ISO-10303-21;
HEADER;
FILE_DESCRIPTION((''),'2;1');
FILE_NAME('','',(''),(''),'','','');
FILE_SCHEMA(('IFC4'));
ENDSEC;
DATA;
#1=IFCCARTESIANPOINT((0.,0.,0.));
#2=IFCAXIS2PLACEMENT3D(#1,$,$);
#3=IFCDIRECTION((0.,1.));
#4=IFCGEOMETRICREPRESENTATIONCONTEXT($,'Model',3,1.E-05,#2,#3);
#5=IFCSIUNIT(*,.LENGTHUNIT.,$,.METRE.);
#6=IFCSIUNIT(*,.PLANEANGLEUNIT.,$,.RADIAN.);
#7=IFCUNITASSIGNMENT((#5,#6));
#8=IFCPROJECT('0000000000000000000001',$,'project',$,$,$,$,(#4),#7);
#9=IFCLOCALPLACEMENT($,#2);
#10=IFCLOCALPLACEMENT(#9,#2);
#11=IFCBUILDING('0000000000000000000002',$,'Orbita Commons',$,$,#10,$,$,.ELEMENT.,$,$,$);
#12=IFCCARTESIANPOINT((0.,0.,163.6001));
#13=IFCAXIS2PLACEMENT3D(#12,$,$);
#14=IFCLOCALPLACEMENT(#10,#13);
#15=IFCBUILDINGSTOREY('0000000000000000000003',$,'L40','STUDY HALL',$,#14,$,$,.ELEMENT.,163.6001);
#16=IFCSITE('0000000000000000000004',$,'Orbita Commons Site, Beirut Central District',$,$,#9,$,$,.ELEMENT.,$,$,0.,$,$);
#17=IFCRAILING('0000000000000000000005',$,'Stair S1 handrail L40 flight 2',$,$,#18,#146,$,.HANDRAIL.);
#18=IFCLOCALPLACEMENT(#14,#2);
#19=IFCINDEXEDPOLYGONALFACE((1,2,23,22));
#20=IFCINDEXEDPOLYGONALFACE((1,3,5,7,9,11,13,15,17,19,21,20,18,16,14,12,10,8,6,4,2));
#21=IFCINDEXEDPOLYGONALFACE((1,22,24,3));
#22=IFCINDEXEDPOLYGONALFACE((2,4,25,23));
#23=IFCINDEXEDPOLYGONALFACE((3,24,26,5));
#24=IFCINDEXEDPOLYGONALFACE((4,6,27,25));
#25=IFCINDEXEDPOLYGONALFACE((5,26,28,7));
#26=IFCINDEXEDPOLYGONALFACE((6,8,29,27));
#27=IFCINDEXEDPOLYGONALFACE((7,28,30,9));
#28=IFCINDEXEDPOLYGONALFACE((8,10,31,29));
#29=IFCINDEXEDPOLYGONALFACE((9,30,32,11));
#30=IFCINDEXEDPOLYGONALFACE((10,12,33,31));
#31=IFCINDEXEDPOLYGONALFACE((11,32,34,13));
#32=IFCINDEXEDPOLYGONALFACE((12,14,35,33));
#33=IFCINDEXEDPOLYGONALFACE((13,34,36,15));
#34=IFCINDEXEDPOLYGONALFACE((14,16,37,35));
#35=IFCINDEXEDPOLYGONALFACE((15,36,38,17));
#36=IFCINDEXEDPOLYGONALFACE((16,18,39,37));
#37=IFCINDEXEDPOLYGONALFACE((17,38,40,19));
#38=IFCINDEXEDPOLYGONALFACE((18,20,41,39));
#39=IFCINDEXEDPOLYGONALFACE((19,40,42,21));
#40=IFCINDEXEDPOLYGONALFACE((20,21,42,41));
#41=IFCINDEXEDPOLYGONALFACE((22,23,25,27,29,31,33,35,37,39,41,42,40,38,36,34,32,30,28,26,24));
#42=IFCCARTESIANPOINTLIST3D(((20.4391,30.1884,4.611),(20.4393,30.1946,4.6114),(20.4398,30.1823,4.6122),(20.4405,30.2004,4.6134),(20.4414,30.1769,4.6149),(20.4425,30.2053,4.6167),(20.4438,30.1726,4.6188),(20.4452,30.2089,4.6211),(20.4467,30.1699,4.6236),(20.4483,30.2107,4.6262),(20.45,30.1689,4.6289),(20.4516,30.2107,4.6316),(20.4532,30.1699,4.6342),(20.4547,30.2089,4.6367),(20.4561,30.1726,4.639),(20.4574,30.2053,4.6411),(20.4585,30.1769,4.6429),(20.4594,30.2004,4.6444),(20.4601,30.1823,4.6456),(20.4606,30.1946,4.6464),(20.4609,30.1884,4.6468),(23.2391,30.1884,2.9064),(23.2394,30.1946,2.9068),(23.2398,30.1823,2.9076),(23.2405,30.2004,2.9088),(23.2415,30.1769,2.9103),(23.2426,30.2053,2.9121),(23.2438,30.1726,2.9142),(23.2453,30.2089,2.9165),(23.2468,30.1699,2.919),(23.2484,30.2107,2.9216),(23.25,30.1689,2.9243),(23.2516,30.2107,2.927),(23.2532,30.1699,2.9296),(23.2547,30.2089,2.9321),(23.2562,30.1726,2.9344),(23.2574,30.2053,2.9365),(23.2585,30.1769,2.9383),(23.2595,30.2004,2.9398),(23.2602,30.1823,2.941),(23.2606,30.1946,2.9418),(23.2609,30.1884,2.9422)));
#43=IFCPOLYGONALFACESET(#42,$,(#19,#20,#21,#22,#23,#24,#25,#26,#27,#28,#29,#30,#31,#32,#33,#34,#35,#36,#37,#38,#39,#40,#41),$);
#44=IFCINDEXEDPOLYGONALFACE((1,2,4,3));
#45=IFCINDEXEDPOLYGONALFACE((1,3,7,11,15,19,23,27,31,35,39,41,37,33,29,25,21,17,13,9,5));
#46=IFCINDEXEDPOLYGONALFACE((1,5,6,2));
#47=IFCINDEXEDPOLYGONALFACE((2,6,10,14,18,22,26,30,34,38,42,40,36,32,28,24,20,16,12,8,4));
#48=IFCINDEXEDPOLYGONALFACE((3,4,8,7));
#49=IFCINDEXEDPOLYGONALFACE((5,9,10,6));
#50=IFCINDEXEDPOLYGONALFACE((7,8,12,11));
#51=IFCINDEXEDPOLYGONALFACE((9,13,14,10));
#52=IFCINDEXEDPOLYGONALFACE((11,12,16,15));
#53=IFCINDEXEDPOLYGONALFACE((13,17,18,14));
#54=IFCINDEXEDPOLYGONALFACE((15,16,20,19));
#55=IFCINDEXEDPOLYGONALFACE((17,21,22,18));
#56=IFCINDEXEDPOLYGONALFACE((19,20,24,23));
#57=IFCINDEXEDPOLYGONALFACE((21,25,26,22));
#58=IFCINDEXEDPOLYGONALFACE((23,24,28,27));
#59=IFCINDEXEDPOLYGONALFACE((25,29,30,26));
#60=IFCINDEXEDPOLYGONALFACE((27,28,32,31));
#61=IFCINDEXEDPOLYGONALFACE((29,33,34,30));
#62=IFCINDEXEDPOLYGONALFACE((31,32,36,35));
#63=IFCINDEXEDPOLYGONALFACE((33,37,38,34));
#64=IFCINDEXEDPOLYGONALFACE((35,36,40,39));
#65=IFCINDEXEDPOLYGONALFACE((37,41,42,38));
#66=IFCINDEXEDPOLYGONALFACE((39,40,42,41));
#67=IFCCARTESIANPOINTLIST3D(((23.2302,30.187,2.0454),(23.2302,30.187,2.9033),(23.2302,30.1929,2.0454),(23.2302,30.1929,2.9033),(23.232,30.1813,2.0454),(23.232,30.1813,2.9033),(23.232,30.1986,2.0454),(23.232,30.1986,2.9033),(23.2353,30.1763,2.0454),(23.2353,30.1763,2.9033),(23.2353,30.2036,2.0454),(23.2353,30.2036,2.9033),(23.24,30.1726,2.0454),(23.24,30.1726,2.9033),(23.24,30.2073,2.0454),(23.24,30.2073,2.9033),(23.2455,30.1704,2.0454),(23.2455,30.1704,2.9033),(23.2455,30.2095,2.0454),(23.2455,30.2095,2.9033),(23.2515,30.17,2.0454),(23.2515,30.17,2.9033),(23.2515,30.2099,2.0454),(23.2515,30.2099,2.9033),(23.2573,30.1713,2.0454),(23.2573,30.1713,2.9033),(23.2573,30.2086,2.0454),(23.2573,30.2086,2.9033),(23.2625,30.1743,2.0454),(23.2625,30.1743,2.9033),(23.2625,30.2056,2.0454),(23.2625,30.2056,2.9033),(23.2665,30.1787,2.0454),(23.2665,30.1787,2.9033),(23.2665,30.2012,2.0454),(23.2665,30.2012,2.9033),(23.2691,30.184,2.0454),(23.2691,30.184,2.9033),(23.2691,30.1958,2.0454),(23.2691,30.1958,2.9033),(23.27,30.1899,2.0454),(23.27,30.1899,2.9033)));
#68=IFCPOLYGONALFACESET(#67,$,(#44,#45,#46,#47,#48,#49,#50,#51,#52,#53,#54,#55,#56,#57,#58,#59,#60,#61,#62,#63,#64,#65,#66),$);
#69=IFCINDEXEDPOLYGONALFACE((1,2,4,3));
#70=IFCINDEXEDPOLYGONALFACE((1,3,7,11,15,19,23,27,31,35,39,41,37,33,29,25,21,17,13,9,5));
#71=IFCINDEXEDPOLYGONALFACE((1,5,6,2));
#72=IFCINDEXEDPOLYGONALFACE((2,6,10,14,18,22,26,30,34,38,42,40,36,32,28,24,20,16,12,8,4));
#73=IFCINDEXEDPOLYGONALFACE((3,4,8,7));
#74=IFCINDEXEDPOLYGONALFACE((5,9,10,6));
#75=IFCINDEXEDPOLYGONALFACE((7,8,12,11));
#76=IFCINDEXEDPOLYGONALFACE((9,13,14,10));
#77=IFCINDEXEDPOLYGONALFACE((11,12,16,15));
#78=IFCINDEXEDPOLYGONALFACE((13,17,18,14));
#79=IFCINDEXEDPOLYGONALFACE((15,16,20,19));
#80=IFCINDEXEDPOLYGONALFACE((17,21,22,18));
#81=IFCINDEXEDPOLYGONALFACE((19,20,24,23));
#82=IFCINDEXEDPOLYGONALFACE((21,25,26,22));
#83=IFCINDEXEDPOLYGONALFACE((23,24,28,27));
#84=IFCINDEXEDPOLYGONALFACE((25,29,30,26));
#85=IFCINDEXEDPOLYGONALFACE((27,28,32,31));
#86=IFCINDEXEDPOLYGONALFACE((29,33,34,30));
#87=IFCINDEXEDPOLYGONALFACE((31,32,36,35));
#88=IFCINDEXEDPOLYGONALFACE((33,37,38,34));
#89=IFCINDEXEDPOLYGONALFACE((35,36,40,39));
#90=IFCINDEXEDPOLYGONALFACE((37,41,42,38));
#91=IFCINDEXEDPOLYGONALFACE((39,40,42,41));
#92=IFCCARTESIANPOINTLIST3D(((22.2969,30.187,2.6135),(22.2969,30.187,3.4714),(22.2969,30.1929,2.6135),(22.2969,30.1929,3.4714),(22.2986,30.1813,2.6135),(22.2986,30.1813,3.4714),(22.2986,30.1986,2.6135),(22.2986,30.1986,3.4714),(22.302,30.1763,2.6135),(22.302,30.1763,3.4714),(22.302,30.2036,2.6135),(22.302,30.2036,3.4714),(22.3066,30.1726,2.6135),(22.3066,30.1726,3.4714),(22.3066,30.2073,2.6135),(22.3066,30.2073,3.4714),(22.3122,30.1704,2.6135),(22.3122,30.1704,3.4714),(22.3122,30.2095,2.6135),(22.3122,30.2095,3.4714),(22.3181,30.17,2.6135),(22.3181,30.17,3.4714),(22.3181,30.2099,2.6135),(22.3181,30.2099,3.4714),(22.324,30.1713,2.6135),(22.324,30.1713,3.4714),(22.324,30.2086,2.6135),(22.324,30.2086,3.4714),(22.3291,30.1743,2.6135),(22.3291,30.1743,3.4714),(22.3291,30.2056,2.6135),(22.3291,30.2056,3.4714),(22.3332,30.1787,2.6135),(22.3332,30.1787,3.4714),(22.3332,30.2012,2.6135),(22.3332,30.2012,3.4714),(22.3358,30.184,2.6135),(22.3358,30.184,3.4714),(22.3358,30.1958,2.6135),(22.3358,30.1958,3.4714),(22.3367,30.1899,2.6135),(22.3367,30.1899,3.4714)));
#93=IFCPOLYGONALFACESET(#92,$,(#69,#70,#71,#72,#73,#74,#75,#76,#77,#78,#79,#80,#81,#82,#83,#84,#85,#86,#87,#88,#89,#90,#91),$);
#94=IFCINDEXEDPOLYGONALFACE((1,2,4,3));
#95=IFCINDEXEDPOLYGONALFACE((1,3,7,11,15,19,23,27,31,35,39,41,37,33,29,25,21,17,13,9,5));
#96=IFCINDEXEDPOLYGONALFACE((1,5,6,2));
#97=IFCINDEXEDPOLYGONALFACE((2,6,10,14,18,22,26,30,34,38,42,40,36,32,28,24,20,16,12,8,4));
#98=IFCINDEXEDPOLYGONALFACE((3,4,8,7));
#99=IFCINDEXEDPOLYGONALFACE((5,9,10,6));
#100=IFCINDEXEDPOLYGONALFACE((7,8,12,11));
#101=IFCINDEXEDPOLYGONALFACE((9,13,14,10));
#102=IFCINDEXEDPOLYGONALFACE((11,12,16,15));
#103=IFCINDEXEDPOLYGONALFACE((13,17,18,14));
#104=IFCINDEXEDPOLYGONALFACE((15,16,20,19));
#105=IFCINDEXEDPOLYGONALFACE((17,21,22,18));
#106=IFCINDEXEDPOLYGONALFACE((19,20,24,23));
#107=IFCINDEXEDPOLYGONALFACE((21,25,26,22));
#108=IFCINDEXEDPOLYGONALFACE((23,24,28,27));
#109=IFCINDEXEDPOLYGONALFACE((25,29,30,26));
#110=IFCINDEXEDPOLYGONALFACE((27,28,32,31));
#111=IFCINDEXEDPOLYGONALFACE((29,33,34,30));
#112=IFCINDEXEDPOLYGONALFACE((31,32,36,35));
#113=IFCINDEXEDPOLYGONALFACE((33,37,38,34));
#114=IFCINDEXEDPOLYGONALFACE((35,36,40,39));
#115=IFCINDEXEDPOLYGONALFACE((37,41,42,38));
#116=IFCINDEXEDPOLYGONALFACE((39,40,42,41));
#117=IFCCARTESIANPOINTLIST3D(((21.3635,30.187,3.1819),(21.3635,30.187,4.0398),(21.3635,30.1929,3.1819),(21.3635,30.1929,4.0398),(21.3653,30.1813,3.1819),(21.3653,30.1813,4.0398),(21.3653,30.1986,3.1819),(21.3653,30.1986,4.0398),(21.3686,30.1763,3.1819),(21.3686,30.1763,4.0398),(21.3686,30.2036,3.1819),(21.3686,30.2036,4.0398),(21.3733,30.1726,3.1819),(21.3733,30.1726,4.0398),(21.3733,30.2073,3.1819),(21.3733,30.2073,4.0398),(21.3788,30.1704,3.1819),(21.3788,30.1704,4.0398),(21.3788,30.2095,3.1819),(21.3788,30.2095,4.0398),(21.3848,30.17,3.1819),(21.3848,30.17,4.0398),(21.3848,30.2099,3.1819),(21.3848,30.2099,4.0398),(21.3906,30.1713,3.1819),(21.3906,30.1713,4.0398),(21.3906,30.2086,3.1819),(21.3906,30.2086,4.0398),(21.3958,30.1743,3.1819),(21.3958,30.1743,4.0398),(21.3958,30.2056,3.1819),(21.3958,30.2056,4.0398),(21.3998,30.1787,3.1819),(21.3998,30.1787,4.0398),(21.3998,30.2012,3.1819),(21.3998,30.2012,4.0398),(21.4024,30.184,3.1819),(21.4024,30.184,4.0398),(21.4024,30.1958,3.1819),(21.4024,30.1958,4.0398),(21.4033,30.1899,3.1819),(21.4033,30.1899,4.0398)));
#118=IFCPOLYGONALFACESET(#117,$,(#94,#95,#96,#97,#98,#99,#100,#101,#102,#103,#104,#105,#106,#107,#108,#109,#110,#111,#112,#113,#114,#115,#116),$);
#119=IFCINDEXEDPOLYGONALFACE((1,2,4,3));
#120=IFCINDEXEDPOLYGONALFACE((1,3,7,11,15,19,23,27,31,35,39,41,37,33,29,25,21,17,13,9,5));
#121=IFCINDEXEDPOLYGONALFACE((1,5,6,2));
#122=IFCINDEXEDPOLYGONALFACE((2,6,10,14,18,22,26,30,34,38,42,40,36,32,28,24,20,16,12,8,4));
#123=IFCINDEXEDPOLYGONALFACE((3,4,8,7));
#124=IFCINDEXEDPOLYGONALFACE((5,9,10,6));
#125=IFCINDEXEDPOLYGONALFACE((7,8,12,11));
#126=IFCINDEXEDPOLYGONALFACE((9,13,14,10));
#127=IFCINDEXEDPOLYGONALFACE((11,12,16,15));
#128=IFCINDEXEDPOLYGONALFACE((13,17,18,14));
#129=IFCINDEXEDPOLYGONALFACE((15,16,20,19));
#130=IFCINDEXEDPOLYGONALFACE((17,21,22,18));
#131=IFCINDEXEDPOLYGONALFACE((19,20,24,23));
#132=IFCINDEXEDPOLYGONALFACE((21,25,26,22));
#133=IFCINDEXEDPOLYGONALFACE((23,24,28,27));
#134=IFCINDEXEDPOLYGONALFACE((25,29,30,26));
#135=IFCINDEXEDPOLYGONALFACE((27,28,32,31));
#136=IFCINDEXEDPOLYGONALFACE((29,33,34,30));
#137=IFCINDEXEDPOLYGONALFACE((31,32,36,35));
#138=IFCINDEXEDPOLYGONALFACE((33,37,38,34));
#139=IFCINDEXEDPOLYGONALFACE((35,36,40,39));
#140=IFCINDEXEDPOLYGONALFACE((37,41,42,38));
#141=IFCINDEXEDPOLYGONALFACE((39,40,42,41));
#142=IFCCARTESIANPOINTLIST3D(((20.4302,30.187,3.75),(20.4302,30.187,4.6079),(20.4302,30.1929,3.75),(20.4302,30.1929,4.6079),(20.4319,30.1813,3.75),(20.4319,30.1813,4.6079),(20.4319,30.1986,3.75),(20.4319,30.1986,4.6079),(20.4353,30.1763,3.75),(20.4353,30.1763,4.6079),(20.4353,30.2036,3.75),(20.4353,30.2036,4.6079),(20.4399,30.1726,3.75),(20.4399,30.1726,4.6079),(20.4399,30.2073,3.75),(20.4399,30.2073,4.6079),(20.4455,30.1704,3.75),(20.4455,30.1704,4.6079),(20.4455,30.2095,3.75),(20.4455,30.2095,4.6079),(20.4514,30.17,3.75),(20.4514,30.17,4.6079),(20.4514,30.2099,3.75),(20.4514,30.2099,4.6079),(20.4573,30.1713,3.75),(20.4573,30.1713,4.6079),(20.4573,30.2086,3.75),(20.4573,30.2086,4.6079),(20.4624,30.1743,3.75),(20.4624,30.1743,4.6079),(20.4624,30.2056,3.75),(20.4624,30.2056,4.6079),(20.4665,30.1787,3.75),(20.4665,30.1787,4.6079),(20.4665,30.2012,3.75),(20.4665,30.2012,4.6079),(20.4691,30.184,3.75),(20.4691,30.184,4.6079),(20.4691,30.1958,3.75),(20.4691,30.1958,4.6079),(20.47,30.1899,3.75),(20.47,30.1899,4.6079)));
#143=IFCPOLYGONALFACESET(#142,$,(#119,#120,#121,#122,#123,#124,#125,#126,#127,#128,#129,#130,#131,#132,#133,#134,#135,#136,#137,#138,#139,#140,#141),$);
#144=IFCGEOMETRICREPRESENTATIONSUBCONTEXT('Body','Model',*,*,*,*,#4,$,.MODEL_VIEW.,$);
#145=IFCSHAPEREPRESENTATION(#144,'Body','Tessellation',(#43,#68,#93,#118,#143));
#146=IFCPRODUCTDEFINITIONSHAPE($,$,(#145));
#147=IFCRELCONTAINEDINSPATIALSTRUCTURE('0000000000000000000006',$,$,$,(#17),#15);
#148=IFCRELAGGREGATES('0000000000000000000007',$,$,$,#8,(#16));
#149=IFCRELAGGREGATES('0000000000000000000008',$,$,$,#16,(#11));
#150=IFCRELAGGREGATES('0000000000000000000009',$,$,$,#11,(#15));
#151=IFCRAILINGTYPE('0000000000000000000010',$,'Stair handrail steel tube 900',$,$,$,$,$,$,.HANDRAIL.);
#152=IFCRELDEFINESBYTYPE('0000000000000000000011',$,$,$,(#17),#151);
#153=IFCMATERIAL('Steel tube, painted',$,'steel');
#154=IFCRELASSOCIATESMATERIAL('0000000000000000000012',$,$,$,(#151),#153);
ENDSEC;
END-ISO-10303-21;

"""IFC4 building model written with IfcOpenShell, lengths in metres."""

from ifc_helpers import new_model, si_unit, direction, frame, origin, origin_2d, place, context, subcontext, project, spatial, circle, extrude, material, type_object, element, save


model = new_model("IFC4")

# Units and contexts
model_context = context("Model", 3, precision=1e-05, world=origin(), true_north=direction((0.0, 1.0)))
body_context = subcontext(model_context, "Body", "Model", "MODEL_VIEW")
ifc_project = project(units=[si_unit("LENGTHUNIT", "METRE"), si_unit("PLANEANGLEUNIT", "RADIAN")], contexts=[model_context])

# Site, building, storey
site_placement = place(None, origin())
site = spatial("IfcSite", under=ifc_project, at=site_placement, Name="Orbita Commons Site, Beirut Central District", CompositionType="ELEMENT", RefElevation=0.0)
building_placement = place(site_placement, origin())
building = spatial("IfcBuilding", under=site, at=building_placement, Name="Orbita Commons", CompositionType="ELEMENT")
storey_placement = place(building_placement, frame((0.0, 0.0, 163.6001)))
storey = spatial("IfcBuildingStorey", under=building, at=storey_placement, Name="L40", Description="STUDY HALL", CompositionType="ELEMENT", Elevation=163.6001)

# Railing
ifc_material_1 = material(Name="Steel tube, painted", Category="steel")
railing_type = type_object("IfcRailingType", Name="Stair handrail steel tube 900", PredefinedType="HANDRAIL", material=ifc_material_1)
railing_placement = place(storey_placement, frame((23.25, 30.1899, 2.0454)))
element("IfcRailing", 1, at=railing_placement, inside=storey, type_object=railing_type, Name="Stair S1 handrail L40 flight 2", PredefinedType="HANDRAIL", context=body_context, shape_type="SweptSolid", body=[
    extrude(circle(Radius=0.021, at=origin_2d()), frame((0.0, 0.0, 0.8789), z_axis=(-0.85417, 0.0, 0.519994), x_axis=(0.0, -1.0, 0.0)), (0.0, 0.0, 1.0), 3.2781),
    extrude(circle(Radius=0.02, at=origin_2d()), origin(), (0.0, 0.0, 1.0), 0.8579),
    extrude(circle(Radius=0.02, at=origin_2d()), frame((-0.9333, 0.0, 0.5681)), (0.0, 0.0, 1.0), 0.8579),
    extrude(circle(Radius=0.02, at=origin_2d()), frame((-1.8667, 0.0, 1.1365)), (0.0, 0.0, 1.0), 0.8579),
    extrude(circle(Radius=0.02, at=origin_2d()), frame((-2.8, 0.0, 1.7046)), (0.0, 0.0, 1.0), 0.8579),
])

save(model, "model.ifc")
